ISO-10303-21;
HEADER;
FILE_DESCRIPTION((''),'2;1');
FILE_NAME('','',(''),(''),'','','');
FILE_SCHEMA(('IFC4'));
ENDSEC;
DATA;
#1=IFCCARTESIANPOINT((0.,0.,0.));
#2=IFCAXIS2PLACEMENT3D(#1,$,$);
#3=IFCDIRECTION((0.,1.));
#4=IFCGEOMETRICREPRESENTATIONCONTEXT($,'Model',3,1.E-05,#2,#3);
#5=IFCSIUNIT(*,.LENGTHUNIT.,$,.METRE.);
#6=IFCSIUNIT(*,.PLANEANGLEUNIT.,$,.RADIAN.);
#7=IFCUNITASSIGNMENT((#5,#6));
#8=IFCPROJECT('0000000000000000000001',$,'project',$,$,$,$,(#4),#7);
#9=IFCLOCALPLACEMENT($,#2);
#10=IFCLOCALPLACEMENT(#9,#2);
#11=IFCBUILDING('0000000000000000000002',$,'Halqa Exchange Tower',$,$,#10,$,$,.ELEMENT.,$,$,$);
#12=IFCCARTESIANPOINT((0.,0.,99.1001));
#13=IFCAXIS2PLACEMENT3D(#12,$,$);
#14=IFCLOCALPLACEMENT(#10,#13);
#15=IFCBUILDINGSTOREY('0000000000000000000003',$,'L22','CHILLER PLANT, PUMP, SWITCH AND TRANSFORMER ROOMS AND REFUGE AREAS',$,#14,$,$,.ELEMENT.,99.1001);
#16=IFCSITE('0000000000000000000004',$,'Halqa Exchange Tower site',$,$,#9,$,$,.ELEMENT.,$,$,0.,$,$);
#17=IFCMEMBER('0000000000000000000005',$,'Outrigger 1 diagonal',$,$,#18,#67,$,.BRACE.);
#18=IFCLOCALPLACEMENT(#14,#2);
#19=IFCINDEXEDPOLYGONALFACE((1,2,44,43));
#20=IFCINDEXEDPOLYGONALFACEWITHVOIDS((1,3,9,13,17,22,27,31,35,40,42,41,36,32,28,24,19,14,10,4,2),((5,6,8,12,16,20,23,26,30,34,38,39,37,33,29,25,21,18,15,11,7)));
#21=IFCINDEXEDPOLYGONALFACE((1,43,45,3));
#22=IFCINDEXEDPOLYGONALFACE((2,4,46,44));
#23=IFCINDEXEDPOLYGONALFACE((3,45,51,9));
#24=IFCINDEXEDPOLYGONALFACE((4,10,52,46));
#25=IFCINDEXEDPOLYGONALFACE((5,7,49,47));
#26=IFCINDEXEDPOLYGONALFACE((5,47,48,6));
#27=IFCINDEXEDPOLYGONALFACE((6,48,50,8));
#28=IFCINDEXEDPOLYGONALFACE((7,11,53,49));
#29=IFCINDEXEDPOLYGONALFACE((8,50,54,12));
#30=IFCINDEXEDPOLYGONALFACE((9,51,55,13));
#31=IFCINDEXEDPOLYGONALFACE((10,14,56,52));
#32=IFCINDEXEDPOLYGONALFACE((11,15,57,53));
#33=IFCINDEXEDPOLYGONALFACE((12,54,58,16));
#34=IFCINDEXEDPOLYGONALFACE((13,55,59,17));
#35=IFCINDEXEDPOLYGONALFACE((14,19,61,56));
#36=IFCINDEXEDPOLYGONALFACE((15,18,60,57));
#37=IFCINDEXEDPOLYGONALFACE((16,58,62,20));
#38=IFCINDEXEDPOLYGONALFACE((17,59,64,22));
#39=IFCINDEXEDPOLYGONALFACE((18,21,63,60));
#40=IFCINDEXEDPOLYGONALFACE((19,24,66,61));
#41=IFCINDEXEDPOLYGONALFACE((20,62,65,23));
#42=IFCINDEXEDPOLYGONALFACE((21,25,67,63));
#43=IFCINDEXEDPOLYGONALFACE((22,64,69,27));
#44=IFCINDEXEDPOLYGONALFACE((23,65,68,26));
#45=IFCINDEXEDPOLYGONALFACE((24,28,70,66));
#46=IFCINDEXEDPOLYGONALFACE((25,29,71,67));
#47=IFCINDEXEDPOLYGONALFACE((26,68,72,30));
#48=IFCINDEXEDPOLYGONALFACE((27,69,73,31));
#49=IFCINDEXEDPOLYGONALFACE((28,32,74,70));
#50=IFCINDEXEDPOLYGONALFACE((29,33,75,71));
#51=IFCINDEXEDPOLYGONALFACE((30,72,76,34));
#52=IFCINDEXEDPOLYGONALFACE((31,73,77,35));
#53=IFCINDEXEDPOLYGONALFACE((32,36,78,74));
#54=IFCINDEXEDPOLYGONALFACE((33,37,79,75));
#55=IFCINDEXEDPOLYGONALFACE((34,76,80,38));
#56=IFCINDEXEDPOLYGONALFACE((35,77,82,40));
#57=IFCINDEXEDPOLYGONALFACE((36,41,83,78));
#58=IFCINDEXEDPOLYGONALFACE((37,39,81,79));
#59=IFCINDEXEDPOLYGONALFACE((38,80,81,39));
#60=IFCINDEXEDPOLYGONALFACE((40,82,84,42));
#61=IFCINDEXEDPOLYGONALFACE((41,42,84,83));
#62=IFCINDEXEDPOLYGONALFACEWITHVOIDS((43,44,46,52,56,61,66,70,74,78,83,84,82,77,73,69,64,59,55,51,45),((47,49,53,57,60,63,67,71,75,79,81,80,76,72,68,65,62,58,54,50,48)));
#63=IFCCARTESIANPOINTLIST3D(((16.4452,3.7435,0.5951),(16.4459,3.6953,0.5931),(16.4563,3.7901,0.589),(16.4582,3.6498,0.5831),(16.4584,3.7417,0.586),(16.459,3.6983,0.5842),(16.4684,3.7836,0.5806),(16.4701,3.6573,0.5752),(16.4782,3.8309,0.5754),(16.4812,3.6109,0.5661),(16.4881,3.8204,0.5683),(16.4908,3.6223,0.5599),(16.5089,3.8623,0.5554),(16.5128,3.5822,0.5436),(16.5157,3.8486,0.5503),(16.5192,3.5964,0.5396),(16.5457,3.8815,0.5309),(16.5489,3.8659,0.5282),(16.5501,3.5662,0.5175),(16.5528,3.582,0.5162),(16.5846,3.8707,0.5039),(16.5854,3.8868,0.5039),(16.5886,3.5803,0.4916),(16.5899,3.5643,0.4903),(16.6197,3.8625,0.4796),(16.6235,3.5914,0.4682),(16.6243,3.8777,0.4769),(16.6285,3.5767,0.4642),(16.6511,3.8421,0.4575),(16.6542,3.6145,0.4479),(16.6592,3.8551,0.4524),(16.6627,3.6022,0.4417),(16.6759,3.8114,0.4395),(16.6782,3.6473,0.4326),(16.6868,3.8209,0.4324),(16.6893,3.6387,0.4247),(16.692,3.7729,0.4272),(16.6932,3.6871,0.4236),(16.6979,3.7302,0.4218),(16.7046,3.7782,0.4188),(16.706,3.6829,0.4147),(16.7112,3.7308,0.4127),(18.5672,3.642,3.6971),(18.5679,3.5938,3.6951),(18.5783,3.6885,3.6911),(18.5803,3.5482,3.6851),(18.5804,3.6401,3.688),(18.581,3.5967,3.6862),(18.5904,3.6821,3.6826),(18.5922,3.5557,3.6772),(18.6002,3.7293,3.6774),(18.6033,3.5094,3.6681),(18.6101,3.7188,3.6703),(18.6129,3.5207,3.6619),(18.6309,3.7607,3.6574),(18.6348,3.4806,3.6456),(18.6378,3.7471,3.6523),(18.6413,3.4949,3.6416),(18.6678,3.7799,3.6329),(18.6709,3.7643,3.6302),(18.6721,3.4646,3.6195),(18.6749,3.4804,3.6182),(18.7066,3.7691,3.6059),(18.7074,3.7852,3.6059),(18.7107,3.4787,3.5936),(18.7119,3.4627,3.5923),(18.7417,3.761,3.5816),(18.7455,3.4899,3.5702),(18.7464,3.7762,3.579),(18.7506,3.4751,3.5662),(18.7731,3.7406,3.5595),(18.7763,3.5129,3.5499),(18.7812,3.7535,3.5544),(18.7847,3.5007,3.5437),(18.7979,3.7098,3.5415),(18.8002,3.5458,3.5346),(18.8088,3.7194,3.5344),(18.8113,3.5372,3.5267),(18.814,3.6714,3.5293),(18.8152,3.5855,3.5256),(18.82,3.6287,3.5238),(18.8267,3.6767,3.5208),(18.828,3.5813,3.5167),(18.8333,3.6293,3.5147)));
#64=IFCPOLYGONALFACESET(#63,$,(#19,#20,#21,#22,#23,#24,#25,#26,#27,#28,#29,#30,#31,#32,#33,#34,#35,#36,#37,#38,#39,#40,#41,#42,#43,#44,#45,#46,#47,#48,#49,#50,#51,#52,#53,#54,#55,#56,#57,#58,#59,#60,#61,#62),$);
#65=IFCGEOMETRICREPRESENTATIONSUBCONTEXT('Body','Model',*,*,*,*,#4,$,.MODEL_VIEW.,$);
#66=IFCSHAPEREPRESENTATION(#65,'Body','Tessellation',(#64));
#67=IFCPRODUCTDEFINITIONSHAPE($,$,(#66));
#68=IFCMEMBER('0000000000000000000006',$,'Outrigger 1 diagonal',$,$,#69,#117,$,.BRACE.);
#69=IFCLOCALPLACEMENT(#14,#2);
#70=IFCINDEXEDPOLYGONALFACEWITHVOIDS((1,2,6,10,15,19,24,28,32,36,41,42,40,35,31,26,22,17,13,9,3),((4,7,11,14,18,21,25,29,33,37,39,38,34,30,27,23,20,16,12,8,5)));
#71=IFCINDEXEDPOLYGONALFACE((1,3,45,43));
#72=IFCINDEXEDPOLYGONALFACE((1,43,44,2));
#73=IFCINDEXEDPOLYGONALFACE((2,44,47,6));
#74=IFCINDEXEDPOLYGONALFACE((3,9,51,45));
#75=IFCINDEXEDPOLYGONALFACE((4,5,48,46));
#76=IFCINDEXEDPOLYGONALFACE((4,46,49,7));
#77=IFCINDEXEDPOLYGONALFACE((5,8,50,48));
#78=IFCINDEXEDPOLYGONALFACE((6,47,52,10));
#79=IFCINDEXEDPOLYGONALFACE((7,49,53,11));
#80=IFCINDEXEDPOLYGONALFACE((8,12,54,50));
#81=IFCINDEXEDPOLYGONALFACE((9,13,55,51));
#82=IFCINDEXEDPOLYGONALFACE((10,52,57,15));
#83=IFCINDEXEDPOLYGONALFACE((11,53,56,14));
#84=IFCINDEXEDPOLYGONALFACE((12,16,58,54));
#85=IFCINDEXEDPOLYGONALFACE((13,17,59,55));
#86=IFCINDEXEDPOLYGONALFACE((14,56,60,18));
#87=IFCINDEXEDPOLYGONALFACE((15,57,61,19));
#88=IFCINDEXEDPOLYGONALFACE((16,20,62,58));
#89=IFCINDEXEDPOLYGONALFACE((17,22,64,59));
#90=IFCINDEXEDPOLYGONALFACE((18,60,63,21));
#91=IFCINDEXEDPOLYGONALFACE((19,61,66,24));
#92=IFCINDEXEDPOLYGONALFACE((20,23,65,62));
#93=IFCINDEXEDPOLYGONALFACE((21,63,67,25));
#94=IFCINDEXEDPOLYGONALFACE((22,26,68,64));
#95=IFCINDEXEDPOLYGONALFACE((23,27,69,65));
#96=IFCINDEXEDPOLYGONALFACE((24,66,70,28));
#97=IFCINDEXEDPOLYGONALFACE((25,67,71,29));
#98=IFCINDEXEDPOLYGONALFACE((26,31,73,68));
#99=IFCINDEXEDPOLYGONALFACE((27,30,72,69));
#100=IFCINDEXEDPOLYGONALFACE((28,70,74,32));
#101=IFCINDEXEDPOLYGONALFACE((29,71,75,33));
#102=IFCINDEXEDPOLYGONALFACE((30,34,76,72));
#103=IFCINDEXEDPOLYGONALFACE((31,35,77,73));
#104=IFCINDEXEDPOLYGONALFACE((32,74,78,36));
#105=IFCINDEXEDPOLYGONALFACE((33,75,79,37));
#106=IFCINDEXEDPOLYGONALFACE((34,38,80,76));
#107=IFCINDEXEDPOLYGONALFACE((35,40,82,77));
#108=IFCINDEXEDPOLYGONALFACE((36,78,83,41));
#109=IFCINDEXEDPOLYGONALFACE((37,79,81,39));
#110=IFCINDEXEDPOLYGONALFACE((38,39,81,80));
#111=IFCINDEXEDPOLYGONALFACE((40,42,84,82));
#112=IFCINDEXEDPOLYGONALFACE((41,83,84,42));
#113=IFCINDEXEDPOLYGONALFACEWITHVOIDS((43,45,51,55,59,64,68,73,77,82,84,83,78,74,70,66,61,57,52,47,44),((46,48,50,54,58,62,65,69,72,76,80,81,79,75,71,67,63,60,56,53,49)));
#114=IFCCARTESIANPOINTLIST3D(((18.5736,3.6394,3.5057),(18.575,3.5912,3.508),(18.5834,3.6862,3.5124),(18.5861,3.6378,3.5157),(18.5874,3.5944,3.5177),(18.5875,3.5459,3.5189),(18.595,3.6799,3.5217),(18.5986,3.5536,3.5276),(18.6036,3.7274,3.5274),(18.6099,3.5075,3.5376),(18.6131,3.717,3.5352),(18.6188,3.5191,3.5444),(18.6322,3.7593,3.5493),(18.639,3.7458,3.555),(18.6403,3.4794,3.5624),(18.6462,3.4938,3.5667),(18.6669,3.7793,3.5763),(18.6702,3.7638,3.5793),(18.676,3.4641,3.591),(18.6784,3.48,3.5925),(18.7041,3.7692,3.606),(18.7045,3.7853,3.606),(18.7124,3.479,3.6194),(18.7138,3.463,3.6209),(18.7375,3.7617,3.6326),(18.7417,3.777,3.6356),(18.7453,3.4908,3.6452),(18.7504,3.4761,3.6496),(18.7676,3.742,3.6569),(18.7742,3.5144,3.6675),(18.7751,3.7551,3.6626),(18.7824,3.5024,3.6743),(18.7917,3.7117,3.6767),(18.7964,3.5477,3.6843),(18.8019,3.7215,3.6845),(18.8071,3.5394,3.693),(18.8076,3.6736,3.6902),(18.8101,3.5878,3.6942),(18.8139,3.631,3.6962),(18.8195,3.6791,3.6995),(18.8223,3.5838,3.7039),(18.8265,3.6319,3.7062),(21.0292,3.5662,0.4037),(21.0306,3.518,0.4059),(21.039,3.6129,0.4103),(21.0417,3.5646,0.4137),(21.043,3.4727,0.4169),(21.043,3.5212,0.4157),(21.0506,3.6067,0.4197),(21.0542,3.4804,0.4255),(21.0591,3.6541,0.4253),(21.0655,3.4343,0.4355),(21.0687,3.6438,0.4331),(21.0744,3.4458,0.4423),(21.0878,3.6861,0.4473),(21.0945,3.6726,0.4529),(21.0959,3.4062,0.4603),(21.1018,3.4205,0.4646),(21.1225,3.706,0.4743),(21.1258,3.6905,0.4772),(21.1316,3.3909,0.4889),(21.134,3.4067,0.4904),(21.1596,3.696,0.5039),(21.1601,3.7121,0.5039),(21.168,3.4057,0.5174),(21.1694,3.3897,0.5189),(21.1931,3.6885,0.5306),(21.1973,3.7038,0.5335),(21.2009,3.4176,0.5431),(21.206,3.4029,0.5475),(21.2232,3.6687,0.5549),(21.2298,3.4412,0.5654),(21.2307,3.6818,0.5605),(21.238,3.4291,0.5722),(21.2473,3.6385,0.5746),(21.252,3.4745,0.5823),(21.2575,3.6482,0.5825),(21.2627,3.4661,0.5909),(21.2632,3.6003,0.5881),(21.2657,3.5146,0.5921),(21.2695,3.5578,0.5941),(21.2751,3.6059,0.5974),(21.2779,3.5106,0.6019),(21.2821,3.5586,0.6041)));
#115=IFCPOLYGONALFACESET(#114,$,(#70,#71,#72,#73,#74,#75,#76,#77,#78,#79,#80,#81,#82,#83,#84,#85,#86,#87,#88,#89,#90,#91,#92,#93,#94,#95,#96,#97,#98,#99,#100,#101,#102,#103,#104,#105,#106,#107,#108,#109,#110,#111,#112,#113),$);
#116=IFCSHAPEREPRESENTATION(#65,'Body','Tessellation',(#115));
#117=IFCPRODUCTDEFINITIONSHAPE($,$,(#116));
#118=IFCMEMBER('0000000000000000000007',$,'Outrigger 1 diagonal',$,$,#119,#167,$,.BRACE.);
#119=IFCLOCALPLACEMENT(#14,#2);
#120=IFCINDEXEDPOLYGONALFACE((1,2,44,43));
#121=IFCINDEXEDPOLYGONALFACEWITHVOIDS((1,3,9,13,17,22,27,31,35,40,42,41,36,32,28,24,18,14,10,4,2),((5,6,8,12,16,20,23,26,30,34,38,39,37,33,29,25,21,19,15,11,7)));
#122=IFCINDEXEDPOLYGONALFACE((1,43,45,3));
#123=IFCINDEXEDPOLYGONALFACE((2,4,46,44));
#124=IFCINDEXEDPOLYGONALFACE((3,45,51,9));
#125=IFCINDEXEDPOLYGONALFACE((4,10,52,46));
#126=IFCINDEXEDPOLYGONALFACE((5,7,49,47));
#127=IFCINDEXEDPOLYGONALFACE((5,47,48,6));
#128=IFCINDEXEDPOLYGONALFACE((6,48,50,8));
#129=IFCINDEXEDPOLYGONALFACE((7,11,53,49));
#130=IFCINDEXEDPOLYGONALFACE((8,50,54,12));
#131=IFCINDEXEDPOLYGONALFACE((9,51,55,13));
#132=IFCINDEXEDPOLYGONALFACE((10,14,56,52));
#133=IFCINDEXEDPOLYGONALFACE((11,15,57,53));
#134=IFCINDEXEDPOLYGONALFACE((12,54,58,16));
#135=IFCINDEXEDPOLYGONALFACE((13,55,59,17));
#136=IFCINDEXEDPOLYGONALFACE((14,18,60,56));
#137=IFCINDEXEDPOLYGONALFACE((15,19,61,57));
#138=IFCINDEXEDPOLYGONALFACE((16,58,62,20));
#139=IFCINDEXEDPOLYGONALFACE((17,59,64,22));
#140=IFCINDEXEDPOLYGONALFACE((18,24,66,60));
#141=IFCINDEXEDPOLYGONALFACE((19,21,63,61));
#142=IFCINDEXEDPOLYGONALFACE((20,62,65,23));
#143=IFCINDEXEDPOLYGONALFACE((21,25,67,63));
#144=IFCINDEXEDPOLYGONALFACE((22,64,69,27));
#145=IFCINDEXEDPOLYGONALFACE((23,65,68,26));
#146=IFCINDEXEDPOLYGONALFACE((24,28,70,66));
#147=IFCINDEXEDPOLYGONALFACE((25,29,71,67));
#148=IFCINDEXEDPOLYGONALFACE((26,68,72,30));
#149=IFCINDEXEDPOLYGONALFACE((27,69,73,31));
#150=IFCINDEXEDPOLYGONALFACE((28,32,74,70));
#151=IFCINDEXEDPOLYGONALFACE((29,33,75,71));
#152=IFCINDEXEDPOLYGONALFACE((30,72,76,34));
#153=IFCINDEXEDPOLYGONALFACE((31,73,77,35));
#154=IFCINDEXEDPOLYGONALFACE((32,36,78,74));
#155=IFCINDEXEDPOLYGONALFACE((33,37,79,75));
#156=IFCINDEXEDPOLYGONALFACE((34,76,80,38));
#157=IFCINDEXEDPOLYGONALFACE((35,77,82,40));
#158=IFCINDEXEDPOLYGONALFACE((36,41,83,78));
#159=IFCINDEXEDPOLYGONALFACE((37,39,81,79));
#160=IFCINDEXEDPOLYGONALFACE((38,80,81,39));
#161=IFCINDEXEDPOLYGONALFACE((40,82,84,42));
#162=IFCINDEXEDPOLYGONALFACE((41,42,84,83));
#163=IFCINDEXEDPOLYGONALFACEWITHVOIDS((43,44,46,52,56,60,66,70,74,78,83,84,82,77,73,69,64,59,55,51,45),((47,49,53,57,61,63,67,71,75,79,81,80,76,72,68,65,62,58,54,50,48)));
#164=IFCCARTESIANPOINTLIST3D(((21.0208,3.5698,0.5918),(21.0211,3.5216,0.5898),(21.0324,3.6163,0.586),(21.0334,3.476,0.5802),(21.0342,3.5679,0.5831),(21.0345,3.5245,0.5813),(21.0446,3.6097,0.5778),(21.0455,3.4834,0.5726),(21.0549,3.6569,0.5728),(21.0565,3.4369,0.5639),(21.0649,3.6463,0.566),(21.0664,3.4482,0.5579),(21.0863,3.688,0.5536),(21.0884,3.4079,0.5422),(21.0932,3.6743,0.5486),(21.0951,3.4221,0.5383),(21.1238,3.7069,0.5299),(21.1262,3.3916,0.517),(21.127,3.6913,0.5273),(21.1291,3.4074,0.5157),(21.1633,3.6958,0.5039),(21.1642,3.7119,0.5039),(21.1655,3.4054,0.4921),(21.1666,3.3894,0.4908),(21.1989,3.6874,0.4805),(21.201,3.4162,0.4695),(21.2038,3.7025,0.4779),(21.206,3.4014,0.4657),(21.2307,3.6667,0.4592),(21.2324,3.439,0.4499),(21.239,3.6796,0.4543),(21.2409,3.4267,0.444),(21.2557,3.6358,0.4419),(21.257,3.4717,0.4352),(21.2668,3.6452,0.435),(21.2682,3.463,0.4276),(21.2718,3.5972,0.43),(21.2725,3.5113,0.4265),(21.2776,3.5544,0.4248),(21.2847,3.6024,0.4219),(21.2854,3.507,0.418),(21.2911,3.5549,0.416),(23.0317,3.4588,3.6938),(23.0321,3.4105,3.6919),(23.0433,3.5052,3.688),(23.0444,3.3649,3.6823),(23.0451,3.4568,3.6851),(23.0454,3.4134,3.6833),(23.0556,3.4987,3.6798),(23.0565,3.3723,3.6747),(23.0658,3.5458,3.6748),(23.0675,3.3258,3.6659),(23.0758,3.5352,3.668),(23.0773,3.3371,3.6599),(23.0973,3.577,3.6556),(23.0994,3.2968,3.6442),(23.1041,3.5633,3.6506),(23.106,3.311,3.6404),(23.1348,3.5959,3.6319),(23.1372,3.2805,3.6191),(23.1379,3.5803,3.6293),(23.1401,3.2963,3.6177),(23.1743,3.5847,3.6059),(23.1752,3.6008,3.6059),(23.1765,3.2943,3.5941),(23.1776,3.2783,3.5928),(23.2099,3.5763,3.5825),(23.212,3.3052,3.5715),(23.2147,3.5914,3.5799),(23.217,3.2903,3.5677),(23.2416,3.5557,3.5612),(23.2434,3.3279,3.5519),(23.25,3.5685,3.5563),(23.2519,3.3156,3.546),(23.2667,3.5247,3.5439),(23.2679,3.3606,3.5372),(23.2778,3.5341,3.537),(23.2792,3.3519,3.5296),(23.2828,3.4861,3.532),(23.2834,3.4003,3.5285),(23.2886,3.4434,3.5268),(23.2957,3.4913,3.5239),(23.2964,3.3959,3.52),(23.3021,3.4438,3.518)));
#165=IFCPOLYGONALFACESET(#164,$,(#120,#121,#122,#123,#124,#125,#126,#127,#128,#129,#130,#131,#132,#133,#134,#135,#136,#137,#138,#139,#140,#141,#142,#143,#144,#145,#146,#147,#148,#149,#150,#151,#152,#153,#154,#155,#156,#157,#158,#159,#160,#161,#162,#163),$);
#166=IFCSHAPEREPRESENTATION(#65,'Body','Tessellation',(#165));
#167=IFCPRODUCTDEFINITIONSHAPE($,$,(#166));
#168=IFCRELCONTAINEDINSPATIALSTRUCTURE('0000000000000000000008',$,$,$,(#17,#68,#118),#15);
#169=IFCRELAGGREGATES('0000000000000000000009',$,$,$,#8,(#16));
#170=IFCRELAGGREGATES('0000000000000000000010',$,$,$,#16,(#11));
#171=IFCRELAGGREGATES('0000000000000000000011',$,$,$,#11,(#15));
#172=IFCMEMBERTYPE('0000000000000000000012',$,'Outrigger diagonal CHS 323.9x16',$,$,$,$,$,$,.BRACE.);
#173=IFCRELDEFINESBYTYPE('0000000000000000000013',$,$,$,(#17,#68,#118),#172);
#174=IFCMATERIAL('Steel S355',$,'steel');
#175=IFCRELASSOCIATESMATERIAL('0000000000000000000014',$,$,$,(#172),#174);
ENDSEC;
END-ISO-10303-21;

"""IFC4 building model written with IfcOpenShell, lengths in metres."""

from ifc_helpers import new_model, si_unit, direction, frame, origin, origin_2d, place, context, subcontext, project, spatial, hollow_circle, extrude, material, material_profile, profile_set, type_object, element, save


model = new_model("IFC4")

# Units and contexts
model_context = context("Model", 3, precision=1e-05, world=origin(), true_north=direction((0.0, 1.0)))
body_context = subcontext(model_context, "Body", "Model", "MODEL_VIEW")
ifc_project = project(units=[si_unit("LENGTHUNIT", "METRE"), si_unit("PLANEANGLEUNIT", "RADIAN")], contexts=[model_context])

# Site, building, storey
site_placement = place(None, origin())
site = spatial("IfcSite", under=ifc_project, at=site_placement, Name="Halqa Exchange Tower site", CompositionType="ELEMENT", RefElevation=0.0)
building_placement = place(site_placement, origin())
building = spatial("IfcBuilding", under=site, at=building_placement, Name="Halqa Exchange Tower", CompositionType="ELEMENT")
storey_placement = place(building_placement, frame((0.0, 0.0, 99.1001)))
storey = spatial("IfcBuildingStorey", under=building, at=storey_placement, Name="L22", Description="CHILLER PLANT, PUMP, SWITCH AND TRANSFORMER ROOMS AND REFUGE AREAS", CompositionType="ELEMENT", Elevation=99.1001)

# Members
ifc_material_1 = material(Name="Steel S355", Category="steel")
ifc_material_profile_1 = material_profile(ifc_material_1, hollow_circle(Radius=0.1619, WallThickness=0.0161, at=origin_2d()), Name="CHS 323.9x16")
ifc_profile_set_1 = profile_set([ifc_material_profile_1], Name="Steel S355")
member_type_1 = type_object("IfcMemberType", Name="Outrigger diagonal CHS 323.9x16", PredefinedType="BRACE", material=ifc_profile_set_1)
member_1_placement = place(storey_placement, frame((16.5776, 3.7251, 0.5039), z_axis=(0.564408, -0.027013, 0.825054), x_axis=(0.047805, 0.998857, 0.0)))
element("IfcMember", 1, at=member_1_placement, inside=storey, type_object=member_type_1, Name="Outrigger 1 diagonal", PredefinedType="BRACE", context=body_context, shape_type="SweptSolid", body=[
    extrude(hollow_circle(Radius=0.1619, WallThickness=0.0161, at=origin_2d()), origin(), (0.0, 0.0, 1.0), 3.7598),
])
member_2_placement = place(storey_placement, frame((18.6997, 3.6235, 3.606), z_axis=(0.620562, -0.01851, -0.783939), x_axis=(0.029814, 0.999555, 0.0)))
element("IfcMember", 2, at=member_2_placement, inside=storey, type_object=member_type_1, Name="Outrigger 1 diagonal", PredefinedType="BRACE", context=body_context, shape_type="SweptSolid", body=[
    extrude(hollow_circle(Radius=0.1619, WallThickness=0.0161, at=origin_2d()), origin(), (0.0, 0.0, 1.0), 3.957),
])
member_3_placement = place(storey_placement, frame((21.1553, 3.5503, 0.5039), z_axis=(0.543726, -0.030035, 0.838725), x_axis=(0.055154, 0.998478, 0.0)))
element("IfcMember", 3, at=member_3_placement, inside=storey, type_object=member_type_1, Name="Outrigger 1 diagonal", PredefinedType="BRACE", context=body_context, shape_type="SweptSolid", body=[
    extrude(hollow_circle(Radius=0.1619, WallThickness=0.0161, at=origin_2d()), origin(), (0.0, 0.0, 1.0), 3.6985),
])

save(model, "model.ifc")
